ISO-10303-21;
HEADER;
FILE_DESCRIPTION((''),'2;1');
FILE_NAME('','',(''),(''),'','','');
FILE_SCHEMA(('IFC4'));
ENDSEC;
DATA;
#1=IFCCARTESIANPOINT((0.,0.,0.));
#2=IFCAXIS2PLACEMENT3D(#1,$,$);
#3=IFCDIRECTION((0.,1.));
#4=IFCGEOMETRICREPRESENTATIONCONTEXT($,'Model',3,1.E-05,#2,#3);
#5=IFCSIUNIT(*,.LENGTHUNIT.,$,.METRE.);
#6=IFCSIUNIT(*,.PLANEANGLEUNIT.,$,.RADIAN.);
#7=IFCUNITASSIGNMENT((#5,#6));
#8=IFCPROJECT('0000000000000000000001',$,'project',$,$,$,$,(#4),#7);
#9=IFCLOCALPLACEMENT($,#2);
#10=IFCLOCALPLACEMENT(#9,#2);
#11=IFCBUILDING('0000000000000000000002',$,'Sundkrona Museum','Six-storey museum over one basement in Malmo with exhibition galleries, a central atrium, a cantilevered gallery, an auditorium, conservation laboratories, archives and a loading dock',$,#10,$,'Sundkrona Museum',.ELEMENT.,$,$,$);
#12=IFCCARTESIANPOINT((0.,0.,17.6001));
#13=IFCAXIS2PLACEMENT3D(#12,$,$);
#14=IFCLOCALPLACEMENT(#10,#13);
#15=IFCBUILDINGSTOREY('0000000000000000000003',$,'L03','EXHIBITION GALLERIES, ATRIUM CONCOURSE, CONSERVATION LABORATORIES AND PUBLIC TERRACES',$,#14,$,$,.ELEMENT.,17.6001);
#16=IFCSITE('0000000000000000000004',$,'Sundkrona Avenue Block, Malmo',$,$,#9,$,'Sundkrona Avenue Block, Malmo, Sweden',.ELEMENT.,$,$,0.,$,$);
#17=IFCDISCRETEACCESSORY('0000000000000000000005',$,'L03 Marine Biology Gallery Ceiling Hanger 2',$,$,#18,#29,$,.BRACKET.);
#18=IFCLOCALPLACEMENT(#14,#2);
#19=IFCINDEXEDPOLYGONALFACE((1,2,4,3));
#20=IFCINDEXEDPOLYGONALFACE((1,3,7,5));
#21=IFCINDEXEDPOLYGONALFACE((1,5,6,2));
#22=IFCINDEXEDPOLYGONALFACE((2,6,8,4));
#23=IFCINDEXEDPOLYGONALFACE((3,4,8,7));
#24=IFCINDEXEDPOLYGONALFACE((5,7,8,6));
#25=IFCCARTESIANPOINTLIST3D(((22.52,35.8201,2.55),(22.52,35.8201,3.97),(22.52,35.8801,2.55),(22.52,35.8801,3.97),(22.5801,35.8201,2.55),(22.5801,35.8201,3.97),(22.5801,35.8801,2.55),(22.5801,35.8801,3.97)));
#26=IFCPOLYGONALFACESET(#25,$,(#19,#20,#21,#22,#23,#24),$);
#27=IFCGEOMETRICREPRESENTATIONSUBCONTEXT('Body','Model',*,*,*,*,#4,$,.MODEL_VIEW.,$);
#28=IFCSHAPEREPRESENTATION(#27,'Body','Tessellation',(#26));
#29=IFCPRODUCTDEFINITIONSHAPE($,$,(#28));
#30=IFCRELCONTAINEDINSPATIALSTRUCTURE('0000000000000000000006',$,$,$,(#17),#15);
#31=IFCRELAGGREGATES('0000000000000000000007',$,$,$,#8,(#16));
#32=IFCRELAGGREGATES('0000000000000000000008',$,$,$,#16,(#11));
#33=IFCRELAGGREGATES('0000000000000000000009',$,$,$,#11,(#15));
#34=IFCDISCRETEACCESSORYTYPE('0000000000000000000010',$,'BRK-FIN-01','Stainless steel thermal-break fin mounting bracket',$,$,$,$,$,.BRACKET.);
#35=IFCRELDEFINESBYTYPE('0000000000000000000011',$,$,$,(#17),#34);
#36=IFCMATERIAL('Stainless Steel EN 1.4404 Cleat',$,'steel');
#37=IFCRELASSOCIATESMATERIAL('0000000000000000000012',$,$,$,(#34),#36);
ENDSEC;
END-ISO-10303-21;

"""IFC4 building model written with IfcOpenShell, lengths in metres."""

from ifc_helpers import new_model, si_unit, direction, frame, origin, origin_2d, place, context, subcontext, project, spatial, rectangle, extrude, material, type_object, element, save


model = new_model("IFC4")

# Units and contexts
model_context = context("Model", 3, precision=1e-05, world=origin(), true_north=direction((0.0, 1.0)))
body_context = subcontext(model_context, "Body", "Model", "MODEL_VIEW")
ifc_project = project(units=[si_unit("LENGTHUNIT", "METRE"), si_unit("PLANEANGLEUNIT", "RADIAN")], contexts=[model_context])

# Site, building, storey
site_placement = place(None, origin())
site = spatial("IfcSite", under=ifc_project, at=site_placement, Name="Sundkrona Avenue Block, Malmo", LongName="Sundkrona Avenue Block, Malmo, Sweden", CompositionType="ELEMENT", RefElevation=0.0)
building_placement = place(site_placement, origin())
building = spatial("IfcBuilding", under=site, at=building_placement, Name="Sundkrona Museum", Description="Six-storey museum over one basement in Malmo with exhibition galleries, a central atrium, a cantilevered gallery, an auditorium, conservation laboratories, archives and a loading dock", LongName="Sundkrona Museum", CompositionType="ELEMENT")
storey_placement = place(building_placement, frame((0.0, 0.0, 17.6001)))
storey = spatial("IfcBuildingStorey", under=building, at=storey_placement, Name="L03", Description="EXHIBITION GALLERIES, ATRIUM CONCOURSE, CONSERVATION LABORATORIES AND PUBLIC TERRACES", CompositionType="ELEMENT", Elevation=17.6001)

# Discrete accessory
ifc_material_1 = material(Name="Stainless Steel EN 1.4404 Cleat", Category="steel")
discrete_accessory_type = type_object("IfcDiscreteAccessoryType", Name="BRK-FIN-01", Description="Stainless steel thermal-break fin mounting bracket", PredefinedType="BRACKET", material=ifc_material_1)
discrete_accessory_1_placement = place(storey_placement, frame((22.55, 35.8501, 2.55), z_axis=(0.0, 0.0, 1.0), x_axis=(1.0, 0.0, 0.0)))
element("IfcDiscreteAccessory", 1, at=discrete_accessory_1_placement, inside=storey, type_object=discrete_accessory_type, Name="L03 Marine Biology Gallery Ceiling Hanger 2", PredefinedType="BRACKET", context=body_context, shape_type="SweptSolid", body=[
    extrude(rectangle(XDim=0.0601, YDim=0.0601, at=origin_2d()), origin(), (0.0, 0.0, 1.0), 1.4199),
])

save(model, "model.ifc")
